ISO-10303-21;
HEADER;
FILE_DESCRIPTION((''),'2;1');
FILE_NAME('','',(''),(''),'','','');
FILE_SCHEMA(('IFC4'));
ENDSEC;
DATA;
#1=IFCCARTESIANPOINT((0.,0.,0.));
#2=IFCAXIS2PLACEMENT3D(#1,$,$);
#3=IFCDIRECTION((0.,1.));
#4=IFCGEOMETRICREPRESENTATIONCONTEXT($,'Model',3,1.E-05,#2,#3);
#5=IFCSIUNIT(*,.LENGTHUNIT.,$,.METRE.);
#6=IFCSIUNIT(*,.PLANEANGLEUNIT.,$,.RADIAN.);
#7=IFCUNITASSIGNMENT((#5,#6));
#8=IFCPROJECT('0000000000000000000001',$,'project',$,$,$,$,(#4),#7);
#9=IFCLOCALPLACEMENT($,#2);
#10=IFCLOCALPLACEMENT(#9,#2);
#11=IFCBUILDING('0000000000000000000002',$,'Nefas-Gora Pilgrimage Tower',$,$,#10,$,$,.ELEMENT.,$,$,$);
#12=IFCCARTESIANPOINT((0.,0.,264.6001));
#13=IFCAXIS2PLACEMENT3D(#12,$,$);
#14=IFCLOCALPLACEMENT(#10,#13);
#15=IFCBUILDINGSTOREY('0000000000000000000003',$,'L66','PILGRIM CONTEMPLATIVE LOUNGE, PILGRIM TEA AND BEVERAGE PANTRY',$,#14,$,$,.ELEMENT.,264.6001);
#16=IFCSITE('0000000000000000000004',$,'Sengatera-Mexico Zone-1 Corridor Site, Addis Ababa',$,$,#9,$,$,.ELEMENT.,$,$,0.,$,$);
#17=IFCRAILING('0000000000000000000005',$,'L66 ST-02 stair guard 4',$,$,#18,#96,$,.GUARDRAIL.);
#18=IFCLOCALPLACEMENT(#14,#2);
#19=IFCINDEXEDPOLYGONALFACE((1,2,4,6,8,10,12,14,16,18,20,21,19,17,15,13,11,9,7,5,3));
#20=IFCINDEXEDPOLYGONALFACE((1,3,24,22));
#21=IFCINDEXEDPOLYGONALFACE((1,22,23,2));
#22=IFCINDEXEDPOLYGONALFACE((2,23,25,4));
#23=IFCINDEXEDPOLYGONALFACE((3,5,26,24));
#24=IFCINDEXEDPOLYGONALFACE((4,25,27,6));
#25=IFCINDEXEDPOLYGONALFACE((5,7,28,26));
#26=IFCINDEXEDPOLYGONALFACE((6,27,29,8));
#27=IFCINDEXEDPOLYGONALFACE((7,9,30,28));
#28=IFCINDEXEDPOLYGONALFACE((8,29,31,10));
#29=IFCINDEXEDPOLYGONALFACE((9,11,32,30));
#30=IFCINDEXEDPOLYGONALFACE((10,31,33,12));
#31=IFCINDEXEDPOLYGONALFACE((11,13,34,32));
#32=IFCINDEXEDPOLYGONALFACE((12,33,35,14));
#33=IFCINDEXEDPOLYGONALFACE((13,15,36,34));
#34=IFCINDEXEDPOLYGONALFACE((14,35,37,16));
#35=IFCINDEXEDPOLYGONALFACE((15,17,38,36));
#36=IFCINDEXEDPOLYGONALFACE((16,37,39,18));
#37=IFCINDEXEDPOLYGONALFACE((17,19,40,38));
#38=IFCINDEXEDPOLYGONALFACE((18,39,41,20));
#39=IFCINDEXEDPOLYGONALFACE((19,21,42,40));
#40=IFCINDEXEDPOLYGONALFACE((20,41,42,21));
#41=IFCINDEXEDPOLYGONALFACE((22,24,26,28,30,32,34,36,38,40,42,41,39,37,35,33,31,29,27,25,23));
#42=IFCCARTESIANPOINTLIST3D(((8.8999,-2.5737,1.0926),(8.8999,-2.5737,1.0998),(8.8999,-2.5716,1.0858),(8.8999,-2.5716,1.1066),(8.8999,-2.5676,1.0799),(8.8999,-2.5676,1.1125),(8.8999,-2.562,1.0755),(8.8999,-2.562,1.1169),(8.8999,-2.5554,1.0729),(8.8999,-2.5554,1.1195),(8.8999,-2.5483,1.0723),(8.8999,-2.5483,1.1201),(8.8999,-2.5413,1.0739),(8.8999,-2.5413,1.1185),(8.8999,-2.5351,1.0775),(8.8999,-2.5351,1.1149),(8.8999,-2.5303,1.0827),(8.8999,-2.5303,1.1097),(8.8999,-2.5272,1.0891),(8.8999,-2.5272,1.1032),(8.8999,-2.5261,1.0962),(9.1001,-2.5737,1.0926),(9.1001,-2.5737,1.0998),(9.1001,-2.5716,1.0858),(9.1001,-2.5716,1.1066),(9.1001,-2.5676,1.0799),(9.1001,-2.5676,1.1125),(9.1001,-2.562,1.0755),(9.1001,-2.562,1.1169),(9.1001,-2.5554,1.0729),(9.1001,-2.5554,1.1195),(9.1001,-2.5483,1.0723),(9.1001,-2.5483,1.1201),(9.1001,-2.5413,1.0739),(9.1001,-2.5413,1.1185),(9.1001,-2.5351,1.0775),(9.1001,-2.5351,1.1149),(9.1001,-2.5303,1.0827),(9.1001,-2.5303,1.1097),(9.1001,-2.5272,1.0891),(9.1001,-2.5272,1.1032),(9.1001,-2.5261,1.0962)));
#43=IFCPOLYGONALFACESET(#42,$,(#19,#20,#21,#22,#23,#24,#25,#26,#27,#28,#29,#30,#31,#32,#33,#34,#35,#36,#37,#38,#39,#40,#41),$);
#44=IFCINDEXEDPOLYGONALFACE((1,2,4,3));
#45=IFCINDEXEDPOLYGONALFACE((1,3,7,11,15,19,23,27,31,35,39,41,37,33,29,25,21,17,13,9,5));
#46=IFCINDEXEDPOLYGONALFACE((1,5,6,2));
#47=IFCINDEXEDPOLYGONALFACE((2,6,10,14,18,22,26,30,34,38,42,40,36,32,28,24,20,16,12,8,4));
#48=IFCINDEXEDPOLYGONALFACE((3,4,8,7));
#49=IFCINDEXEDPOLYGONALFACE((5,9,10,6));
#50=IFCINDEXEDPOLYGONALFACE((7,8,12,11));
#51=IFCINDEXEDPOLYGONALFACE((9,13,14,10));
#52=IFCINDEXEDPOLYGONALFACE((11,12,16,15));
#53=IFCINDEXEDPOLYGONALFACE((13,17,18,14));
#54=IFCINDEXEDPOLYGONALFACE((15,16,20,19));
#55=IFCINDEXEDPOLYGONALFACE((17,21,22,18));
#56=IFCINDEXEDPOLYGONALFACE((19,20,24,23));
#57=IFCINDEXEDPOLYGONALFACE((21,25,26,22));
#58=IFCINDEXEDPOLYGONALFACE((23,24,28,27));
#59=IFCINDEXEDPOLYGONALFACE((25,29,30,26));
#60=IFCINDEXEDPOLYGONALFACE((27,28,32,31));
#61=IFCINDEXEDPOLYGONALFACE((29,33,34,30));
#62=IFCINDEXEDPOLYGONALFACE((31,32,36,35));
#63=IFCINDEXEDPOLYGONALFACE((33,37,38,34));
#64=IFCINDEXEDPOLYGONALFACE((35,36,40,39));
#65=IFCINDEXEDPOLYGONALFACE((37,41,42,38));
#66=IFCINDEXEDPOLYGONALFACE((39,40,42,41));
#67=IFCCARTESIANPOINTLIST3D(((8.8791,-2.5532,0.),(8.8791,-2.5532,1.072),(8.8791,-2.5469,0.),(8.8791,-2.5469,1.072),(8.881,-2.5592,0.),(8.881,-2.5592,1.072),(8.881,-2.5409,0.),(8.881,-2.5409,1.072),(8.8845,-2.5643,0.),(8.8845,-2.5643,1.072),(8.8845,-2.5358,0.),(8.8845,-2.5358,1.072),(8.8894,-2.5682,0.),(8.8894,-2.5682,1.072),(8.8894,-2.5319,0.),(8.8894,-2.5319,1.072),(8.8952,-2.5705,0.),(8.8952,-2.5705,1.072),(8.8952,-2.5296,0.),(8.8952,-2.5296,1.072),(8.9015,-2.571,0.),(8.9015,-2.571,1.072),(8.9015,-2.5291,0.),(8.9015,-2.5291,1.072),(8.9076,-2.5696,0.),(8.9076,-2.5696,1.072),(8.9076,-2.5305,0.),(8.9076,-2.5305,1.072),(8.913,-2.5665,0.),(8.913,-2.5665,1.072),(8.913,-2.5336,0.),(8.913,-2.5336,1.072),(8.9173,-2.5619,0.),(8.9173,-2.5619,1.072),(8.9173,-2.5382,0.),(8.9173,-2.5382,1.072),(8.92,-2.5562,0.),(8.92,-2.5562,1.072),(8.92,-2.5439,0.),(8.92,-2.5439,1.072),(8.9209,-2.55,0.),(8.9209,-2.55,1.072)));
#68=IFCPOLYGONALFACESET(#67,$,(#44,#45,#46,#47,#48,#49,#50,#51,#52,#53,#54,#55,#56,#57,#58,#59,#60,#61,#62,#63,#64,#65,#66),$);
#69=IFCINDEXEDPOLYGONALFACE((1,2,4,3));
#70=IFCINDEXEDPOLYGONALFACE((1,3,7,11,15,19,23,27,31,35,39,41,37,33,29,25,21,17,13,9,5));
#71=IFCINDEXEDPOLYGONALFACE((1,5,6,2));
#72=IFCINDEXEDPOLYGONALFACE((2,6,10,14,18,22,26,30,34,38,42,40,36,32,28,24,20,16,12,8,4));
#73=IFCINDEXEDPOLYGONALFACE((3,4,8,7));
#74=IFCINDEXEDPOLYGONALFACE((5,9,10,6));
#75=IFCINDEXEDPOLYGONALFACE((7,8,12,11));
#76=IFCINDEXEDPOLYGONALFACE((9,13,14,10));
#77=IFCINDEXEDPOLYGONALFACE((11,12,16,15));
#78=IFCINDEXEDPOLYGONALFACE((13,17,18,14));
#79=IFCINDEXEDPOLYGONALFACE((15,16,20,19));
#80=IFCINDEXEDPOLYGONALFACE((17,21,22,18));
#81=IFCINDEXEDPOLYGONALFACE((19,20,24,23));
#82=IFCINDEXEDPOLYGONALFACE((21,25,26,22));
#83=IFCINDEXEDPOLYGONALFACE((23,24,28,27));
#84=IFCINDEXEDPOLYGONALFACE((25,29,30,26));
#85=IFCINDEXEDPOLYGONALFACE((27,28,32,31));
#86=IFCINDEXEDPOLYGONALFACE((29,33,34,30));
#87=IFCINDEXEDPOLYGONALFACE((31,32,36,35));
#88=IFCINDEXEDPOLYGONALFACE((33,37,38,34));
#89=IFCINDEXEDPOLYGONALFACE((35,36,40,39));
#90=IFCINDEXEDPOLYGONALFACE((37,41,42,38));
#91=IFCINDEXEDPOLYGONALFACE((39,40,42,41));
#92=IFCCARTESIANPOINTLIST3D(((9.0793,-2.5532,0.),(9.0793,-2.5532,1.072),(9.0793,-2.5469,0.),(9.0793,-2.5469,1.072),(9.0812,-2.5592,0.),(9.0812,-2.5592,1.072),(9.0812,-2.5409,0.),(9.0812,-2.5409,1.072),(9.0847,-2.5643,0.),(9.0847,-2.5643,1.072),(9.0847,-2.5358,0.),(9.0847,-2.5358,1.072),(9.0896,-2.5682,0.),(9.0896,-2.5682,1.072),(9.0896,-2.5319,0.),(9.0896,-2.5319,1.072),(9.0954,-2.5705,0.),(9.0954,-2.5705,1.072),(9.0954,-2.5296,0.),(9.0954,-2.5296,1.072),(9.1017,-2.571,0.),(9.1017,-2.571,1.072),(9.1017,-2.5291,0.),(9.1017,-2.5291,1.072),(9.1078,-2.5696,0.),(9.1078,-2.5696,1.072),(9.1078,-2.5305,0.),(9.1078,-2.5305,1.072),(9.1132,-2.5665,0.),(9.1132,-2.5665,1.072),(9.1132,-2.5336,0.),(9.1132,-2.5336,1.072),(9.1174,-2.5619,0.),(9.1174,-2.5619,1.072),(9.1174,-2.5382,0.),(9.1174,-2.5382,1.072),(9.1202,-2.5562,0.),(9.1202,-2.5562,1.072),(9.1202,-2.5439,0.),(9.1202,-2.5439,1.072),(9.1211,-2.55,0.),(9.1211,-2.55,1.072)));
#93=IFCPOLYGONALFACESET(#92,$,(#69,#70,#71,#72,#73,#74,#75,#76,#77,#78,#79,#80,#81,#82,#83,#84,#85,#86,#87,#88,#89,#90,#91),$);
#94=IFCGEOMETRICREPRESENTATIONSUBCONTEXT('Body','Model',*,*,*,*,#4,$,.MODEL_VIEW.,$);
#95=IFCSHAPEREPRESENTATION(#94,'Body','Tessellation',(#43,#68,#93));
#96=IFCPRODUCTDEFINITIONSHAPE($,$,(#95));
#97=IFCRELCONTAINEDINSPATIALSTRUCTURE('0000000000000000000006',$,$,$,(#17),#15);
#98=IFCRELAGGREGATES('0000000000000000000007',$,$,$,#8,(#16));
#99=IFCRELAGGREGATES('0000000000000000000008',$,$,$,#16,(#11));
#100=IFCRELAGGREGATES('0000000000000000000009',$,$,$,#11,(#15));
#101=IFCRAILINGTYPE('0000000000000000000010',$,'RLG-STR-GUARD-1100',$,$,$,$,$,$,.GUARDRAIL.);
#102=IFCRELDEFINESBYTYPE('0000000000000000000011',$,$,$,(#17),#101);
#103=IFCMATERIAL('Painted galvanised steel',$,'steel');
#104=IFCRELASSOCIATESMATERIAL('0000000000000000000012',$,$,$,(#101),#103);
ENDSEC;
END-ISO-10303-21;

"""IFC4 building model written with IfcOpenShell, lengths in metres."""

from ifc_helpers import new_model, si_unit, direction, frame, origin, origin_2d, place, context, subcontext, project, spatial, circle, extrude, material, type_object, element, save


model = new_model("IFC4")

# Units and contexts
model_context = context("Model", 3, precision=1e-05, world=origin(), true_north=direction((0.0, 1.0)))
body_context = subcontext(model_context, "Body", "Model", "MODEL_VIEW")
ifc_project = project(units=[si_unit("LENGTHUNIT", "METRE"), si_unit("PLANEANGLEUNIT", "RADIAN")], contexts=[model_context])

# Site, building, storey
site_placement = place(None, origin())
site = spatial("IfcSite", under=ifc_project, at=site_placement, Name="Sengatera-Mexico Zone-1 Corridor Site, Addis Ababa", CompositionType="ELEMENT", RefElevation=0.0)
building_placement = place(site_placement, origin())
building = spatial("IfcBuilding", under=site, at=building_placement, Name="Nefas-Gora Pilgrimage Tower", CompositionType="ELEMENT")
storey_placement = place(building_placement, frame((0.0, 0.0, 264.6001)))
storey = spatial("IfcBuildingStorey", under=building, at=storey_placement, Name="L66", Description="PILGRIM CONTEMPLATIVE LOUNGE, PILGRIM TEA AND BEVERAGE PANTRY", CompositionType="ELEMENT", Elevation=264.6001)

# Railing
ifc_material_1 = material(Name="Painted galvanised steel", Category="steel")
railing_type_1 = type_object("IfcRailingType", Name="RLG-STR-GUARD-1100", PredefinedType="GUARDRAIL", material=ifc_material_1)
railing_1_placement = place(storey_placement, frame((8.8999, -2.55, 0.0)))
element("IfcRailing", 1, at=railing_1_placement, inside=storey, type_object=railing_type_1, Name="L66 ST-02 stair guard 4", PredefinedType="GUARDRAIL", context=body_context, shape_type="SweptSolid", body=[
    extrude(circle(Radius=0.0239, at=origin_2d()), frame((0.0, 0.0, 1.0962), z_axis=(1.0, 0.0, 0.0), x_axis=(0.0, 1.0, 0.0)), (0.0, 0.0, 1.0), 0.2002),
    extrude(circle(Radius=0.021, at=origin_2d()), origin(), (0.0, 0.0, 1.0), 1.072),
    extrude(circle(Radius=0.021, at=origin_2d()), frame((0.2002, 0.0, 0.0)), (0.0, 0.0, 1.0), 1.072),
])

save(model, "model.ifc")
